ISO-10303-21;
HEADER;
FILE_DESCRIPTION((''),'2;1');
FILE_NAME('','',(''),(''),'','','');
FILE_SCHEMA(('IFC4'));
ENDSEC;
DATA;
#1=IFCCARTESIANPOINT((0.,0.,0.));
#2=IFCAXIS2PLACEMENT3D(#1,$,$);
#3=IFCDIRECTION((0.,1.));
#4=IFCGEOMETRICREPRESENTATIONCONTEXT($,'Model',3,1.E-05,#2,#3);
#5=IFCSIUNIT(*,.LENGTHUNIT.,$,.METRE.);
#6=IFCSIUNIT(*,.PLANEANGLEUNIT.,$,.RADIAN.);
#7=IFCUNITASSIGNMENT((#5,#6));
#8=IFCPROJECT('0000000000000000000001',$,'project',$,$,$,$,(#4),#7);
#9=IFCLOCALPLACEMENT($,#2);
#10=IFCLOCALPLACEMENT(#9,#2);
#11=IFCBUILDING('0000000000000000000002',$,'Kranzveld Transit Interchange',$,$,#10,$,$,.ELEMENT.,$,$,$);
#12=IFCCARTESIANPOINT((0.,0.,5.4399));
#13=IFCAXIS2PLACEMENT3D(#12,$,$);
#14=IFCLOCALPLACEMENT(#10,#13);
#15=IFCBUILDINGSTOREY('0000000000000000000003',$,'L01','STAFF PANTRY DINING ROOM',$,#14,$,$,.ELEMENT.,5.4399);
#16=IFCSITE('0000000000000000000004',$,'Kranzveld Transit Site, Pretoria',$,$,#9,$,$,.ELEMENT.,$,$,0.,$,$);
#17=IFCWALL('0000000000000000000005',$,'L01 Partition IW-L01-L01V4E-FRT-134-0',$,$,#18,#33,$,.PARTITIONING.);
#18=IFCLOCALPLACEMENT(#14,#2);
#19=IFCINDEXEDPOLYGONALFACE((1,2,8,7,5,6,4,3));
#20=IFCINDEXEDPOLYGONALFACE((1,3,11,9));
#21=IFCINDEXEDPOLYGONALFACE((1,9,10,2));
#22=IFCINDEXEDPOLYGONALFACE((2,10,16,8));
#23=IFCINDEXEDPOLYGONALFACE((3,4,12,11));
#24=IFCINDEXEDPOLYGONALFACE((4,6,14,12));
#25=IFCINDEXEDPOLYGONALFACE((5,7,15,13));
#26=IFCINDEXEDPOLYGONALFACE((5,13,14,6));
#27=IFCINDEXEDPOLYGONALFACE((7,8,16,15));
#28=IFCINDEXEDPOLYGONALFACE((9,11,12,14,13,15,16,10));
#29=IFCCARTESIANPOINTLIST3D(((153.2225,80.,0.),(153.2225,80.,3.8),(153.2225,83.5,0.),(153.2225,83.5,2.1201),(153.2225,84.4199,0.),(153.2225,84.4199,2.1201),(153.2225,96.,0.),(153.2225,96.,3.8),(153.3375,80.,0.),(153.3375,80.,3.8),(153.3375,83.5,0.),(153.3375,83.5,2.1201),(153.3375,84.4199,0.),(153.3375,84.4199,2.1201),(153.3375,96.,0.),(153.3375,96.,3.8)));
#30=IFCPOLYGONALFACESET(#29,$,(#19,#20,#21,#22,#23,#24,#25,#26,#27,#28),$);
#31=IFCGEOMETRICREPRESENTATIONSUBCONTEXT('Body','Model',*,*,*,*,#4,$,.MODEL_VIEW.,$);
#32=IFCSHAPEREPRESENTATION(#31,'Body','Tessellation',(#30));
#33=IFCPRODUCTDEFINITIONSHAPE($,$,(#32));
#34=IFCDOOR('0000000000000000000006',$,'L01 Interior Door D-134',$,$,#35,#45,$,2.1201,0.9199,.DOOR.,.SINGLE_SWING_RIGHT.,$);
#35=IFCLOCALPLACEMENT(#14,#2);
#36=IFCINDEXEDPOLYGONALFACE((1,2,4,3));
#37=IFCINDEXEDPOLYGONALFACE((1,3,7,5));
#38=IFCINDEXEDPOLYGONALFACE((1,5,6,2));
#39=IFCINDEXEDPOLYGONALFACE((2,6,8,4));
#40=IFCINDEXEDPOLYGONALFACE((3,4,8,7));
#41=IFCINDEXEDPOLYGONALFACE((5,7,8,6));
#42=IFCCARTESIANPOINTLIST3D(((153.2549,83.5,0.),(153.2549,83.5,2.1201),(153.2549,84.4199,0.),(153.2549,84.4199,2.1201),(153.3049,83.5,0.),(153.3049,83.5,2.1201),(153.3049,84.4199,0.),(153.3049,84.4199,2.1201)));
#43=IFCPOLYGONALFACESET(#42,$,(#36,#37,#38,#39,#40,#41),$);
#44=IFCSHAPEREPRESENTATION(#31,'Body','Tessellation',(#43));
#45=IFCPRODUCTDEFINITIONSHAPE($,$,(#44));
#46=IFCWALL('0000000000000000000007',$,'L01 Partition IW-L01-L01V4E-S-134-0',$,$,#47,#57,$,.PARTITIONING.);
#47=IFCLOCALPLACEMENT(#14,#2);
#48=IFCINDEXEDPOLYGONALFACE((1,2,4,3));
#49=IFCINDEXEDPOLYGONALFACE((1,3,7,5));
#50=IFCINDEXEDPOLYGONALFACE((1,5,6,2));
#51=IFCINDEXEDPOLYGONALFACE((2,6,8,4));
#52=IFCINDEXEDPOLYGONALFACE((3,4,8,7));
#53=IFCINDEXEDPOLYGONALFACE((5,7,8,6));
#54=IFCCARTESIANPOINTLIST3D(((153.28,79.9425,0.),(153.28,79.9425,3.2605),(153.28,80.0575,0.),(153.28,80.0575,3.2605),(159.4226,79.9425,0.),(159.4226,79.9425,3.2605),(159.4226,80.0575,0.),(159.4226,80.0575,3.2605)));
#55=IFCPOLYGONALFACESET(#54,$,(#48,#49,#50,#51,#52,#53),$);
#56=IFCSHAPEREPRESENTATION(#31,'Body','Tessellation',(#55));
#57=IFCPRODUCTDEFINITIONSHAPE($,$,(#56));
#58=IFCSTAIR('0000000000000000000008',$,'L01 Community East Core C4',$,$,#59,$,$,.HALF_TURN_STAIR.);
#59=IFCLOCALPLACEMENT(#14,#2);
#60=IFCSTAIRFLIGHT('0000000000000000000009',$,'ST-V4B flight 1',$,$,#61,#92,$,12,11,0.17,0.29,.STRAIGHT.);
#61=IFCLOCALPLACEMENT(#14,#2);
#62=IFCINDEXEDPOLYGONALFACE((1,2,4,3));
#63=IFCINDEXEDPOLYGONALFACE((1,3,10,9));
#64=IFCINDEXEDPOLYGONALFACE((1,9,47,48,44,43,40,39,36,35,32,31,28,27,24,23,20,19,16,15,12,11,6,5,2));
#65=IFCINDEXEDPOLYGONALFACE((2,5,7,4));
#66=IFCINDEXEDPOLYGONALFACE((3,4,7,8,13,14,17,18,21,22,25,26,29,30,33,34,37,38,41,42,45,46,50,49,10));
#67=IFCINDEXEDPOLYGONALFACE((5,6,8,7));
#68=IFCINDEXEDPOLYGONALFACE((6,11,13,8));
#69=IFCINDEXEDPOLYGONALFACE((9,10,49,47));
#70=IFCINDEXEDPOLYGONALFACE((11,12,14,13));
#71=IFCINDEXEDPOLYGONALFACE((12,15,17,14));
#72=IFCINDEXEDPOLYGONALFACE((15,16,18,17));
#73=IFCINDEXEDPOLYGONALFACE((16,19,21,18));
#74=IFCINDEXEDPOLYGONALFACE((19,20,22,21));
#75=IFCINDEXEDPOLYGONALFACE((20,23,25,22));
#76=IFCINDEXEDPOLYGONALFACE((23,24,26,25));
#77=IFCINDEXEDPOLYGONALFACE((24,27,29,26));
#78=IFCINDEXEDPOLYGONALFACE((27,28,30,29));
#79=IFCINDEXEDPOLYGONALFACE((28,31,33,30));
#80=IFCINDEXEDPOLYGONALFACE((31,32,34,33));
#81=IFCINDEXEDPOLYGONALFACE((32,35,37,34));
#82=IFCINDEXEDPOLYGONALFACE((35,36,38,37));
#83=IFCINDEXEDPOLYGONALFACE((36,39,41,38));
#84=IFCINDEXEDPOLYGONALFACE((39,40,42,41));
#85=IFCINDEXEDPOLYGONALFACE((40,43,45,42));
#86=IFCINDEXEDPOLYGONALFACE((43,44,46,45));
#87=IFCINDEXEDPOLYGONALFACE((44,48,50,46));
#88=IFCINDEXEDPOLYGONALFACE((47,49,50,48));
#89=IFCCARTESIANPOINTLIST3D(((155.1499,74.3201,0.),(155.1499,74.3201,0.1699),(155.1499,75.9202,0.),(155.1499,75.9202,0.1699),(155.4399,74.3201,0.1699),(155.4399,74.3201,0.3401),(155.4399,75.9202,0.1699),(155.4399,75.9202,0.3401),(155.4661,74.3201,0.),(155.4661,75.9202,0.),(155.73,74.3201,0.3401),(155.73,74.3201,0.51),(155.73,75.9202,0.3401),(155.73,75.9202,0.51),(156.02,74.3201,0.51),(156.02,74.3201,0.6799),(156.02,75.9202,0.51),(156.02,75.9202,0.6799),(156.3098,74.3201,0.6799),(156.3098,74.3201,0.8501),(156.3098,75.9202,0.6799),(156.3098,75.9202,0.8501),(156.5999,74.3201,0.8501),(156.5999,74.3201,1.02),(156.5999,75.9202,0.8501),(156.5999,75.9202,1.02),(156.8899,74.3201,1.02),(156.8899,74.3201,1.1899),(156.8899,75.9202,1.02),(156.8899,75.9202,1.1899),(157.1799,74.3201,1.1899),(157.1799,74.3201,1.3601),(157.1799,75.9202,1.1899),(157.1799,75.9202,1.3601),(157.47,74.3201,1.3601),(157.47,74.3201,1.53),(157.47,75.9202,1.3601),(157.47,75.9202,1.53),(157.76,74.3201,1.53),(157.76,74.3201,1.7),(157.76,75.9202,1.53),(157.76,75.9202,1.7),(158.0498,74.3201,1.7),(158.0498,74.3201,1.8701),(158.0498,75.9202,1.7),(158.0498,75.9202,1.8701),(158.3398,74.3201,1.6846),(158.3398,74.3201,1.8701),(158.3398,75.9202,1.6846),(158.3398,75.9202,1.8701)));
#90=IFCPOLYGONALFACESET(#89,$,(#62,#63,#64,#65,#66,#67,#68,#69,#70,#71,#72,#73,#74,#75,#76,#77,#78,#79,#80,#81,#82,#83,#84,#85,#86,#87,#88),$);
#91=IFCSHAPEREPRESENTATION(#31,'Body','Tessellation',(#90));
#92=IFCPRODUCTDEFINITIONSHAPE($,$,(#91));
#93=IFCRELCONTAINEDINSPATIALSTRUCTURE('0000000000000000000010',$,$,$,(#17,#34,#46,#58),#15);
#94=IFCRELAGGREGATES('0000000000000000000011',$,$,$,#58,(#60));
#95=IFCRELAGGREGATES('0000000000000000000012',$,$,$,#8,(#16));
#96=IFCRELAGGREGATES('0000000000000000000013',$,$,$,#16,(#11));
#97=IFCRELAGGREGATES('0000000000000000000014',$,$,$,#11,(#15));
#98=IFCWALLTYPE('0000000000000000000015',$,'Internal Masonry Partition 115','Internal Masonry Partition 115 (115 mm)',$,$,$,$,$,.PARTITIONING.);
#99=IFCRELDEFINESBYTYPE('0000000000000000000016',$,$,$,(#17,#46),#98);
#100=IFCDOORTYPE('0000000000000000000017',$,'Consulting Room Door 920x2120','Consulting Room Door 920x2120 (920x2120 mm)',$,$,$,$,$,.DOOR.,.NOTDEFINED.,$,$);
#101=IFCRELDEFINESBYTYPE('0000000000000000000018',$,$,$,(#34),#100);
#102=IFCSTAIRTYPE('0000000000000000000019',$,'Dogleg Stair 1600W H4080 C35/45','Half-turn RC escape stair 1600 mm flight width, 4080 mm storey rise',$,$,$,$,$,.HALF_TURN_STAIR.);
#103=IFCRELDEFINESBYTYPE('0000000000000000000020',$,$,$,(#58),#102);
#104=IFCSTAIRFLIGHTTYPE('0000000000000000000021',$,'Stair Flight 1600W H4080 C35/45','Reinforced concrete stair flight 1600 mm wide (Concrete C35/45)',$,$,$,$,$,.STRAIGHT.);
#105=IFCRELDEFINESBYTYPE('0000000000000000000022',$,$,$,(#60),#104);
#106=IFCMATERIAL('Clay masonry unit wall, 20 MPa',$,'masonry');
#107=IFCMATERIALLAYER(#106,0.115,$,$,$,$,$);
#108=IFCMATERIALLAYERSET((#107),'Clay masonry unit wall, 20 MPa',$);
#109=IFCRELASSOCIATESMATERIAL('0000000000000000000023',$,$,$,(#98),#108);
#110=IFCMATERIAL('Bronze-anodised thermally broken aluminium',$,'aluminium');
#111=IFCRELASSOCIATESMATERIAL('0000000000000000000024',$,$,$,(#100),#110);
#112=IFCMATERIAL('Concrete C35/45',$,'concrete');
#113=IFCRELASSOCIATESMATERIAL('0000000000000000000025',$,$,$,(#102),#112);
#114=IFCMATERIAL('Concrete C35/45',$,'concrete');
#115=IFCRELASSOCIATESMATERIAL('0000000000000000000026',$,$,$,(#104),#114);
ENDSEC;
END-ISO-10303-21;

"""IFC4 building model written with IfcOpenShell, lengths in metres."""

from ifc_helpers import new_model, si_unit, direction, frame, frame_2d, origin, place, context, subcontext, project, spatial, polyline, rectangle, outline, extrude, material, layer, layer_set, type_object, element, fill, aggregate, save


model = new_model("IFC4")

# Units and contexts
model_context = context("Model", 3, precision=1e-05, world=origin(), true_north=direction((0.0, 1.0)))
body_context = subcontext(model_context, "Body", "Model", "MODEL_VIEW")
ifc_project = project(units=[si_unit("LENGTHUNIT", "METRE"), si_unit("PLANEANGLEUNIT", "RADIAN")], contexts=[model_context])

# Site, building, storey
site_placement = place(None, origin())
site = spatial("IfcSite", under=ifc_project, at=site_placement, Name="Kranzveld Transit Site, Pretoria", CompositionType="ELEMENT", RefElevation=0.0)
building_placement = place(site_placement, origin())
building = spatial("IfcBuilding", under=site, at=building_placement, Name="Kranzveld Transit Interchange", CompositionType="ELEMENT")
storey_placement = place(building_placement, frame((0.0, 0.0, 5.4399)))
storey = spatial("IfcBuildingStorey", under=building, at=storey_placement, Name="L01", Description="STAFF PANTRY DINING ROOM", CompositionType="ELEMENT", Elevation=5.4399)

# Wall, opening, door
ifc_material_1 = material(Name="Clay masonry unit wall, 20 MPa", Category="masonry")
ifc_layer_1 = layer(ifc_material_1, 0.115)
ifc_layer_set_1 = layer_set([ifc_layer_1], Name="Clay masonry unit wall, 20 MPa")
wall_type_1 = type_object("IfcWallType", Name="Internal Masonry Partition 115", Description="Internal Masonry Partition 115 (115 mm)", PredefinedType="PARTITIONING", material=ifc_layer_set_1)
wall_1_placement = place(storey_placement, frame((153.28, 80.0, 0.0), z_axis=(0.0, 0.0, 1.0), x_axis=(0.0, 1.0, 0.0)))
wall_1 = element("IfcWall", 1, at=wall_1_placement, inside=storey, type_object=wall_type_1, Name="L01 Partition IW-L01-L01V4E-FRT-134-0", PredefinedType="PARTITIONING", context=body_context, shape_type="SweptSolid", body=[
    extrude(rectangle(XDim=16.0, YDim=0.115, at=frame_2d((8.0, 0.0))), origin(), (0.0, 0.0, 1.0), 3.8),
])
opening_1_placement = place(wall_1_placement, frame((4.4199, 0.0, 0.0), z_axis=(0.0, 0.0, 1.0), x_axis=(-1.0, 0.0, 0.0)))
opening_1 = element("IfcOpeningElement", 2, at=opening_1_placement, cuts=wall_1, PredefinedType="OPENING", context=body_context, shape_type="SweptSolid", body=[
    extrude(rectangle(XDim=0.9199, YDim=2.1201, at=frame_2d((0.46, 1.0601))), frame((0.0, 0.0674, 0.0), z_axis=(0.0, -1.0, 0.0), x_axis=(1.0, 0.0, 0.0)), (0.0, 0.0, 1.0), 0.135),
])
ifc_material_2 = material(Name="Bronze-anodised thermally broken aluminium", Category="aluminium")
door_type_1 = type_object("IfcDoorType", Name="Consulting Room Door 920x2120", Description="Consulting Room Door 920x2120 (920x2120 mm)", OperationType="NOTDEFINED", PredefinedType="DOOR", material=ifc_material_2)
door_1_placement = place(opening_1_placement, origin())
door_1 = element("IfcDoor", 3, at=door_1_placement, inside=storey, type_object=door_type_1, Name="L01 Interior Door D-134", OperationType="SINGLE_SWING_RIGHT", OverallHeight=2.1201, OverallWidth=0.9199, PredefinedType="DOOR", context=body_context, shape_type="SweptSolid", body=[
    extrude(rectangle(XDim=0.9199, YDim=2.1201, at=frame_2d((0.46, 1.0601))), frame((0.0, 0.0249, 0.0), z_axis=(0.0, -1.0, 0.0), x_axis=(1.0, 0.0, 0.0)), (0.0, 0.0, 1.0), 0.05),
])
fill(opening_1, door_1)

# Wall
wall_2_placement = place(storey_placement, frame((153.28, 80.0, 0.0), z_axis=(0.0, 0.0, 1.0), x_axis=(1.0, 0.0, 0.0)))
element("IfcWall", 4, at=wall_2_placement, inside=storey, type_object=wall_type_1, Name="L01 Partition IW-L01-L01V4E-S-134-0", PredefinedType="PARTITIONING", context=body_context, shape_type="SweptSolid", body=[
    extrude(rectangle(XDim=6.1426, YDim=0.115, at=frame_2d((3.0713, 0.0))), origin(), (0.0, 0.0, 1.0), 3.2605),
])

# Stair, stair flight
ifc_material_3 = material(Name="Concrete C35/45", Category="concrete")
stair_type = type_object("IfcStairType", Name="Dogleg Stair 1600W H4080 C35/45", Description="Half-turn RC escape stair 1600 mm flight width, 4080 mm storey rise", PredefinedType="HALF_TURN_STAIR", material=ifc_material_3)
stair_placement = place(storey_placement, origin())
stair = element("IfcStair", 5, at=stair_placement, inside=storey, type_object=stair_type, Name="L01 Community East Core C4", PredefinedType="HALF_TURN_STAIR")
ifc_material_4 = material(Name="Concrete C35/45", Category="concrete")
stair_flight_type = type_object("IfcStairFlightType", Name="Stair Flight 1600W H4080 C35/45", Description="Reinforced concrete stair flight 1600 mm wide (Concrete C35/45)", PredefinedType="STRAIGHT", material=ifc_material_4)
stair_flight_placement = place(storey_placement, frame((155.1499, 75.1201, 0.0), z_axis=(0.0, 0.0, 1.0), x_axis=(1.0, 0.0, 0.0)))
stair_flight = element("IfcStairFlight", 6, at=stair_flight_placement, type_object=stair_flight_type, Name="ST-V4B flight 1", NumberOfRisers=12, NumberOfTreads=11, PredefinedType="STRAIGHT", RiserHeight=0.17, TreadLength=0.29, context=body_context, shape_type="SweptSolid", body=[
    extrude(outline(polyline([(0.0, 0.0), (0.0, 0.1699), (0.29, 0.1699), (0.29, 0.3401), (0.5801, 0.3401), (0.5801, 0.51), (0.8701, 0.51), (0.8701, 0.6799), (1.1599, 0.6799), (1.1599, 0.8501), (1.45, 0.8501), (1.45, 1.02), (1.74, 1.02), (1.74, 1.1899), (2.03, 1.1899), (2.03, 1.3601), (2.3201, 1.3601), (2.3201, 1.53), (2.6101, 1.53), (2.6101, 1.7), (2.8999, 1.7), (2.8999, 1.8701), (3.1899, 1.8701), (3.1899, 2.04), (3.1899, 1.6846), (0.3162, 0.0), (0.0, 0.0)])), frame((0.0, 0.8, 0.0), z_axis=(0.0, -1.0, 0.0), x_axis=(1.0, 0.0, 0.0)), (0.0, 0.0, 1.0), 1.6001),
])
aggregate(stair, [stair_flight])

save(model, "model.ifc")
